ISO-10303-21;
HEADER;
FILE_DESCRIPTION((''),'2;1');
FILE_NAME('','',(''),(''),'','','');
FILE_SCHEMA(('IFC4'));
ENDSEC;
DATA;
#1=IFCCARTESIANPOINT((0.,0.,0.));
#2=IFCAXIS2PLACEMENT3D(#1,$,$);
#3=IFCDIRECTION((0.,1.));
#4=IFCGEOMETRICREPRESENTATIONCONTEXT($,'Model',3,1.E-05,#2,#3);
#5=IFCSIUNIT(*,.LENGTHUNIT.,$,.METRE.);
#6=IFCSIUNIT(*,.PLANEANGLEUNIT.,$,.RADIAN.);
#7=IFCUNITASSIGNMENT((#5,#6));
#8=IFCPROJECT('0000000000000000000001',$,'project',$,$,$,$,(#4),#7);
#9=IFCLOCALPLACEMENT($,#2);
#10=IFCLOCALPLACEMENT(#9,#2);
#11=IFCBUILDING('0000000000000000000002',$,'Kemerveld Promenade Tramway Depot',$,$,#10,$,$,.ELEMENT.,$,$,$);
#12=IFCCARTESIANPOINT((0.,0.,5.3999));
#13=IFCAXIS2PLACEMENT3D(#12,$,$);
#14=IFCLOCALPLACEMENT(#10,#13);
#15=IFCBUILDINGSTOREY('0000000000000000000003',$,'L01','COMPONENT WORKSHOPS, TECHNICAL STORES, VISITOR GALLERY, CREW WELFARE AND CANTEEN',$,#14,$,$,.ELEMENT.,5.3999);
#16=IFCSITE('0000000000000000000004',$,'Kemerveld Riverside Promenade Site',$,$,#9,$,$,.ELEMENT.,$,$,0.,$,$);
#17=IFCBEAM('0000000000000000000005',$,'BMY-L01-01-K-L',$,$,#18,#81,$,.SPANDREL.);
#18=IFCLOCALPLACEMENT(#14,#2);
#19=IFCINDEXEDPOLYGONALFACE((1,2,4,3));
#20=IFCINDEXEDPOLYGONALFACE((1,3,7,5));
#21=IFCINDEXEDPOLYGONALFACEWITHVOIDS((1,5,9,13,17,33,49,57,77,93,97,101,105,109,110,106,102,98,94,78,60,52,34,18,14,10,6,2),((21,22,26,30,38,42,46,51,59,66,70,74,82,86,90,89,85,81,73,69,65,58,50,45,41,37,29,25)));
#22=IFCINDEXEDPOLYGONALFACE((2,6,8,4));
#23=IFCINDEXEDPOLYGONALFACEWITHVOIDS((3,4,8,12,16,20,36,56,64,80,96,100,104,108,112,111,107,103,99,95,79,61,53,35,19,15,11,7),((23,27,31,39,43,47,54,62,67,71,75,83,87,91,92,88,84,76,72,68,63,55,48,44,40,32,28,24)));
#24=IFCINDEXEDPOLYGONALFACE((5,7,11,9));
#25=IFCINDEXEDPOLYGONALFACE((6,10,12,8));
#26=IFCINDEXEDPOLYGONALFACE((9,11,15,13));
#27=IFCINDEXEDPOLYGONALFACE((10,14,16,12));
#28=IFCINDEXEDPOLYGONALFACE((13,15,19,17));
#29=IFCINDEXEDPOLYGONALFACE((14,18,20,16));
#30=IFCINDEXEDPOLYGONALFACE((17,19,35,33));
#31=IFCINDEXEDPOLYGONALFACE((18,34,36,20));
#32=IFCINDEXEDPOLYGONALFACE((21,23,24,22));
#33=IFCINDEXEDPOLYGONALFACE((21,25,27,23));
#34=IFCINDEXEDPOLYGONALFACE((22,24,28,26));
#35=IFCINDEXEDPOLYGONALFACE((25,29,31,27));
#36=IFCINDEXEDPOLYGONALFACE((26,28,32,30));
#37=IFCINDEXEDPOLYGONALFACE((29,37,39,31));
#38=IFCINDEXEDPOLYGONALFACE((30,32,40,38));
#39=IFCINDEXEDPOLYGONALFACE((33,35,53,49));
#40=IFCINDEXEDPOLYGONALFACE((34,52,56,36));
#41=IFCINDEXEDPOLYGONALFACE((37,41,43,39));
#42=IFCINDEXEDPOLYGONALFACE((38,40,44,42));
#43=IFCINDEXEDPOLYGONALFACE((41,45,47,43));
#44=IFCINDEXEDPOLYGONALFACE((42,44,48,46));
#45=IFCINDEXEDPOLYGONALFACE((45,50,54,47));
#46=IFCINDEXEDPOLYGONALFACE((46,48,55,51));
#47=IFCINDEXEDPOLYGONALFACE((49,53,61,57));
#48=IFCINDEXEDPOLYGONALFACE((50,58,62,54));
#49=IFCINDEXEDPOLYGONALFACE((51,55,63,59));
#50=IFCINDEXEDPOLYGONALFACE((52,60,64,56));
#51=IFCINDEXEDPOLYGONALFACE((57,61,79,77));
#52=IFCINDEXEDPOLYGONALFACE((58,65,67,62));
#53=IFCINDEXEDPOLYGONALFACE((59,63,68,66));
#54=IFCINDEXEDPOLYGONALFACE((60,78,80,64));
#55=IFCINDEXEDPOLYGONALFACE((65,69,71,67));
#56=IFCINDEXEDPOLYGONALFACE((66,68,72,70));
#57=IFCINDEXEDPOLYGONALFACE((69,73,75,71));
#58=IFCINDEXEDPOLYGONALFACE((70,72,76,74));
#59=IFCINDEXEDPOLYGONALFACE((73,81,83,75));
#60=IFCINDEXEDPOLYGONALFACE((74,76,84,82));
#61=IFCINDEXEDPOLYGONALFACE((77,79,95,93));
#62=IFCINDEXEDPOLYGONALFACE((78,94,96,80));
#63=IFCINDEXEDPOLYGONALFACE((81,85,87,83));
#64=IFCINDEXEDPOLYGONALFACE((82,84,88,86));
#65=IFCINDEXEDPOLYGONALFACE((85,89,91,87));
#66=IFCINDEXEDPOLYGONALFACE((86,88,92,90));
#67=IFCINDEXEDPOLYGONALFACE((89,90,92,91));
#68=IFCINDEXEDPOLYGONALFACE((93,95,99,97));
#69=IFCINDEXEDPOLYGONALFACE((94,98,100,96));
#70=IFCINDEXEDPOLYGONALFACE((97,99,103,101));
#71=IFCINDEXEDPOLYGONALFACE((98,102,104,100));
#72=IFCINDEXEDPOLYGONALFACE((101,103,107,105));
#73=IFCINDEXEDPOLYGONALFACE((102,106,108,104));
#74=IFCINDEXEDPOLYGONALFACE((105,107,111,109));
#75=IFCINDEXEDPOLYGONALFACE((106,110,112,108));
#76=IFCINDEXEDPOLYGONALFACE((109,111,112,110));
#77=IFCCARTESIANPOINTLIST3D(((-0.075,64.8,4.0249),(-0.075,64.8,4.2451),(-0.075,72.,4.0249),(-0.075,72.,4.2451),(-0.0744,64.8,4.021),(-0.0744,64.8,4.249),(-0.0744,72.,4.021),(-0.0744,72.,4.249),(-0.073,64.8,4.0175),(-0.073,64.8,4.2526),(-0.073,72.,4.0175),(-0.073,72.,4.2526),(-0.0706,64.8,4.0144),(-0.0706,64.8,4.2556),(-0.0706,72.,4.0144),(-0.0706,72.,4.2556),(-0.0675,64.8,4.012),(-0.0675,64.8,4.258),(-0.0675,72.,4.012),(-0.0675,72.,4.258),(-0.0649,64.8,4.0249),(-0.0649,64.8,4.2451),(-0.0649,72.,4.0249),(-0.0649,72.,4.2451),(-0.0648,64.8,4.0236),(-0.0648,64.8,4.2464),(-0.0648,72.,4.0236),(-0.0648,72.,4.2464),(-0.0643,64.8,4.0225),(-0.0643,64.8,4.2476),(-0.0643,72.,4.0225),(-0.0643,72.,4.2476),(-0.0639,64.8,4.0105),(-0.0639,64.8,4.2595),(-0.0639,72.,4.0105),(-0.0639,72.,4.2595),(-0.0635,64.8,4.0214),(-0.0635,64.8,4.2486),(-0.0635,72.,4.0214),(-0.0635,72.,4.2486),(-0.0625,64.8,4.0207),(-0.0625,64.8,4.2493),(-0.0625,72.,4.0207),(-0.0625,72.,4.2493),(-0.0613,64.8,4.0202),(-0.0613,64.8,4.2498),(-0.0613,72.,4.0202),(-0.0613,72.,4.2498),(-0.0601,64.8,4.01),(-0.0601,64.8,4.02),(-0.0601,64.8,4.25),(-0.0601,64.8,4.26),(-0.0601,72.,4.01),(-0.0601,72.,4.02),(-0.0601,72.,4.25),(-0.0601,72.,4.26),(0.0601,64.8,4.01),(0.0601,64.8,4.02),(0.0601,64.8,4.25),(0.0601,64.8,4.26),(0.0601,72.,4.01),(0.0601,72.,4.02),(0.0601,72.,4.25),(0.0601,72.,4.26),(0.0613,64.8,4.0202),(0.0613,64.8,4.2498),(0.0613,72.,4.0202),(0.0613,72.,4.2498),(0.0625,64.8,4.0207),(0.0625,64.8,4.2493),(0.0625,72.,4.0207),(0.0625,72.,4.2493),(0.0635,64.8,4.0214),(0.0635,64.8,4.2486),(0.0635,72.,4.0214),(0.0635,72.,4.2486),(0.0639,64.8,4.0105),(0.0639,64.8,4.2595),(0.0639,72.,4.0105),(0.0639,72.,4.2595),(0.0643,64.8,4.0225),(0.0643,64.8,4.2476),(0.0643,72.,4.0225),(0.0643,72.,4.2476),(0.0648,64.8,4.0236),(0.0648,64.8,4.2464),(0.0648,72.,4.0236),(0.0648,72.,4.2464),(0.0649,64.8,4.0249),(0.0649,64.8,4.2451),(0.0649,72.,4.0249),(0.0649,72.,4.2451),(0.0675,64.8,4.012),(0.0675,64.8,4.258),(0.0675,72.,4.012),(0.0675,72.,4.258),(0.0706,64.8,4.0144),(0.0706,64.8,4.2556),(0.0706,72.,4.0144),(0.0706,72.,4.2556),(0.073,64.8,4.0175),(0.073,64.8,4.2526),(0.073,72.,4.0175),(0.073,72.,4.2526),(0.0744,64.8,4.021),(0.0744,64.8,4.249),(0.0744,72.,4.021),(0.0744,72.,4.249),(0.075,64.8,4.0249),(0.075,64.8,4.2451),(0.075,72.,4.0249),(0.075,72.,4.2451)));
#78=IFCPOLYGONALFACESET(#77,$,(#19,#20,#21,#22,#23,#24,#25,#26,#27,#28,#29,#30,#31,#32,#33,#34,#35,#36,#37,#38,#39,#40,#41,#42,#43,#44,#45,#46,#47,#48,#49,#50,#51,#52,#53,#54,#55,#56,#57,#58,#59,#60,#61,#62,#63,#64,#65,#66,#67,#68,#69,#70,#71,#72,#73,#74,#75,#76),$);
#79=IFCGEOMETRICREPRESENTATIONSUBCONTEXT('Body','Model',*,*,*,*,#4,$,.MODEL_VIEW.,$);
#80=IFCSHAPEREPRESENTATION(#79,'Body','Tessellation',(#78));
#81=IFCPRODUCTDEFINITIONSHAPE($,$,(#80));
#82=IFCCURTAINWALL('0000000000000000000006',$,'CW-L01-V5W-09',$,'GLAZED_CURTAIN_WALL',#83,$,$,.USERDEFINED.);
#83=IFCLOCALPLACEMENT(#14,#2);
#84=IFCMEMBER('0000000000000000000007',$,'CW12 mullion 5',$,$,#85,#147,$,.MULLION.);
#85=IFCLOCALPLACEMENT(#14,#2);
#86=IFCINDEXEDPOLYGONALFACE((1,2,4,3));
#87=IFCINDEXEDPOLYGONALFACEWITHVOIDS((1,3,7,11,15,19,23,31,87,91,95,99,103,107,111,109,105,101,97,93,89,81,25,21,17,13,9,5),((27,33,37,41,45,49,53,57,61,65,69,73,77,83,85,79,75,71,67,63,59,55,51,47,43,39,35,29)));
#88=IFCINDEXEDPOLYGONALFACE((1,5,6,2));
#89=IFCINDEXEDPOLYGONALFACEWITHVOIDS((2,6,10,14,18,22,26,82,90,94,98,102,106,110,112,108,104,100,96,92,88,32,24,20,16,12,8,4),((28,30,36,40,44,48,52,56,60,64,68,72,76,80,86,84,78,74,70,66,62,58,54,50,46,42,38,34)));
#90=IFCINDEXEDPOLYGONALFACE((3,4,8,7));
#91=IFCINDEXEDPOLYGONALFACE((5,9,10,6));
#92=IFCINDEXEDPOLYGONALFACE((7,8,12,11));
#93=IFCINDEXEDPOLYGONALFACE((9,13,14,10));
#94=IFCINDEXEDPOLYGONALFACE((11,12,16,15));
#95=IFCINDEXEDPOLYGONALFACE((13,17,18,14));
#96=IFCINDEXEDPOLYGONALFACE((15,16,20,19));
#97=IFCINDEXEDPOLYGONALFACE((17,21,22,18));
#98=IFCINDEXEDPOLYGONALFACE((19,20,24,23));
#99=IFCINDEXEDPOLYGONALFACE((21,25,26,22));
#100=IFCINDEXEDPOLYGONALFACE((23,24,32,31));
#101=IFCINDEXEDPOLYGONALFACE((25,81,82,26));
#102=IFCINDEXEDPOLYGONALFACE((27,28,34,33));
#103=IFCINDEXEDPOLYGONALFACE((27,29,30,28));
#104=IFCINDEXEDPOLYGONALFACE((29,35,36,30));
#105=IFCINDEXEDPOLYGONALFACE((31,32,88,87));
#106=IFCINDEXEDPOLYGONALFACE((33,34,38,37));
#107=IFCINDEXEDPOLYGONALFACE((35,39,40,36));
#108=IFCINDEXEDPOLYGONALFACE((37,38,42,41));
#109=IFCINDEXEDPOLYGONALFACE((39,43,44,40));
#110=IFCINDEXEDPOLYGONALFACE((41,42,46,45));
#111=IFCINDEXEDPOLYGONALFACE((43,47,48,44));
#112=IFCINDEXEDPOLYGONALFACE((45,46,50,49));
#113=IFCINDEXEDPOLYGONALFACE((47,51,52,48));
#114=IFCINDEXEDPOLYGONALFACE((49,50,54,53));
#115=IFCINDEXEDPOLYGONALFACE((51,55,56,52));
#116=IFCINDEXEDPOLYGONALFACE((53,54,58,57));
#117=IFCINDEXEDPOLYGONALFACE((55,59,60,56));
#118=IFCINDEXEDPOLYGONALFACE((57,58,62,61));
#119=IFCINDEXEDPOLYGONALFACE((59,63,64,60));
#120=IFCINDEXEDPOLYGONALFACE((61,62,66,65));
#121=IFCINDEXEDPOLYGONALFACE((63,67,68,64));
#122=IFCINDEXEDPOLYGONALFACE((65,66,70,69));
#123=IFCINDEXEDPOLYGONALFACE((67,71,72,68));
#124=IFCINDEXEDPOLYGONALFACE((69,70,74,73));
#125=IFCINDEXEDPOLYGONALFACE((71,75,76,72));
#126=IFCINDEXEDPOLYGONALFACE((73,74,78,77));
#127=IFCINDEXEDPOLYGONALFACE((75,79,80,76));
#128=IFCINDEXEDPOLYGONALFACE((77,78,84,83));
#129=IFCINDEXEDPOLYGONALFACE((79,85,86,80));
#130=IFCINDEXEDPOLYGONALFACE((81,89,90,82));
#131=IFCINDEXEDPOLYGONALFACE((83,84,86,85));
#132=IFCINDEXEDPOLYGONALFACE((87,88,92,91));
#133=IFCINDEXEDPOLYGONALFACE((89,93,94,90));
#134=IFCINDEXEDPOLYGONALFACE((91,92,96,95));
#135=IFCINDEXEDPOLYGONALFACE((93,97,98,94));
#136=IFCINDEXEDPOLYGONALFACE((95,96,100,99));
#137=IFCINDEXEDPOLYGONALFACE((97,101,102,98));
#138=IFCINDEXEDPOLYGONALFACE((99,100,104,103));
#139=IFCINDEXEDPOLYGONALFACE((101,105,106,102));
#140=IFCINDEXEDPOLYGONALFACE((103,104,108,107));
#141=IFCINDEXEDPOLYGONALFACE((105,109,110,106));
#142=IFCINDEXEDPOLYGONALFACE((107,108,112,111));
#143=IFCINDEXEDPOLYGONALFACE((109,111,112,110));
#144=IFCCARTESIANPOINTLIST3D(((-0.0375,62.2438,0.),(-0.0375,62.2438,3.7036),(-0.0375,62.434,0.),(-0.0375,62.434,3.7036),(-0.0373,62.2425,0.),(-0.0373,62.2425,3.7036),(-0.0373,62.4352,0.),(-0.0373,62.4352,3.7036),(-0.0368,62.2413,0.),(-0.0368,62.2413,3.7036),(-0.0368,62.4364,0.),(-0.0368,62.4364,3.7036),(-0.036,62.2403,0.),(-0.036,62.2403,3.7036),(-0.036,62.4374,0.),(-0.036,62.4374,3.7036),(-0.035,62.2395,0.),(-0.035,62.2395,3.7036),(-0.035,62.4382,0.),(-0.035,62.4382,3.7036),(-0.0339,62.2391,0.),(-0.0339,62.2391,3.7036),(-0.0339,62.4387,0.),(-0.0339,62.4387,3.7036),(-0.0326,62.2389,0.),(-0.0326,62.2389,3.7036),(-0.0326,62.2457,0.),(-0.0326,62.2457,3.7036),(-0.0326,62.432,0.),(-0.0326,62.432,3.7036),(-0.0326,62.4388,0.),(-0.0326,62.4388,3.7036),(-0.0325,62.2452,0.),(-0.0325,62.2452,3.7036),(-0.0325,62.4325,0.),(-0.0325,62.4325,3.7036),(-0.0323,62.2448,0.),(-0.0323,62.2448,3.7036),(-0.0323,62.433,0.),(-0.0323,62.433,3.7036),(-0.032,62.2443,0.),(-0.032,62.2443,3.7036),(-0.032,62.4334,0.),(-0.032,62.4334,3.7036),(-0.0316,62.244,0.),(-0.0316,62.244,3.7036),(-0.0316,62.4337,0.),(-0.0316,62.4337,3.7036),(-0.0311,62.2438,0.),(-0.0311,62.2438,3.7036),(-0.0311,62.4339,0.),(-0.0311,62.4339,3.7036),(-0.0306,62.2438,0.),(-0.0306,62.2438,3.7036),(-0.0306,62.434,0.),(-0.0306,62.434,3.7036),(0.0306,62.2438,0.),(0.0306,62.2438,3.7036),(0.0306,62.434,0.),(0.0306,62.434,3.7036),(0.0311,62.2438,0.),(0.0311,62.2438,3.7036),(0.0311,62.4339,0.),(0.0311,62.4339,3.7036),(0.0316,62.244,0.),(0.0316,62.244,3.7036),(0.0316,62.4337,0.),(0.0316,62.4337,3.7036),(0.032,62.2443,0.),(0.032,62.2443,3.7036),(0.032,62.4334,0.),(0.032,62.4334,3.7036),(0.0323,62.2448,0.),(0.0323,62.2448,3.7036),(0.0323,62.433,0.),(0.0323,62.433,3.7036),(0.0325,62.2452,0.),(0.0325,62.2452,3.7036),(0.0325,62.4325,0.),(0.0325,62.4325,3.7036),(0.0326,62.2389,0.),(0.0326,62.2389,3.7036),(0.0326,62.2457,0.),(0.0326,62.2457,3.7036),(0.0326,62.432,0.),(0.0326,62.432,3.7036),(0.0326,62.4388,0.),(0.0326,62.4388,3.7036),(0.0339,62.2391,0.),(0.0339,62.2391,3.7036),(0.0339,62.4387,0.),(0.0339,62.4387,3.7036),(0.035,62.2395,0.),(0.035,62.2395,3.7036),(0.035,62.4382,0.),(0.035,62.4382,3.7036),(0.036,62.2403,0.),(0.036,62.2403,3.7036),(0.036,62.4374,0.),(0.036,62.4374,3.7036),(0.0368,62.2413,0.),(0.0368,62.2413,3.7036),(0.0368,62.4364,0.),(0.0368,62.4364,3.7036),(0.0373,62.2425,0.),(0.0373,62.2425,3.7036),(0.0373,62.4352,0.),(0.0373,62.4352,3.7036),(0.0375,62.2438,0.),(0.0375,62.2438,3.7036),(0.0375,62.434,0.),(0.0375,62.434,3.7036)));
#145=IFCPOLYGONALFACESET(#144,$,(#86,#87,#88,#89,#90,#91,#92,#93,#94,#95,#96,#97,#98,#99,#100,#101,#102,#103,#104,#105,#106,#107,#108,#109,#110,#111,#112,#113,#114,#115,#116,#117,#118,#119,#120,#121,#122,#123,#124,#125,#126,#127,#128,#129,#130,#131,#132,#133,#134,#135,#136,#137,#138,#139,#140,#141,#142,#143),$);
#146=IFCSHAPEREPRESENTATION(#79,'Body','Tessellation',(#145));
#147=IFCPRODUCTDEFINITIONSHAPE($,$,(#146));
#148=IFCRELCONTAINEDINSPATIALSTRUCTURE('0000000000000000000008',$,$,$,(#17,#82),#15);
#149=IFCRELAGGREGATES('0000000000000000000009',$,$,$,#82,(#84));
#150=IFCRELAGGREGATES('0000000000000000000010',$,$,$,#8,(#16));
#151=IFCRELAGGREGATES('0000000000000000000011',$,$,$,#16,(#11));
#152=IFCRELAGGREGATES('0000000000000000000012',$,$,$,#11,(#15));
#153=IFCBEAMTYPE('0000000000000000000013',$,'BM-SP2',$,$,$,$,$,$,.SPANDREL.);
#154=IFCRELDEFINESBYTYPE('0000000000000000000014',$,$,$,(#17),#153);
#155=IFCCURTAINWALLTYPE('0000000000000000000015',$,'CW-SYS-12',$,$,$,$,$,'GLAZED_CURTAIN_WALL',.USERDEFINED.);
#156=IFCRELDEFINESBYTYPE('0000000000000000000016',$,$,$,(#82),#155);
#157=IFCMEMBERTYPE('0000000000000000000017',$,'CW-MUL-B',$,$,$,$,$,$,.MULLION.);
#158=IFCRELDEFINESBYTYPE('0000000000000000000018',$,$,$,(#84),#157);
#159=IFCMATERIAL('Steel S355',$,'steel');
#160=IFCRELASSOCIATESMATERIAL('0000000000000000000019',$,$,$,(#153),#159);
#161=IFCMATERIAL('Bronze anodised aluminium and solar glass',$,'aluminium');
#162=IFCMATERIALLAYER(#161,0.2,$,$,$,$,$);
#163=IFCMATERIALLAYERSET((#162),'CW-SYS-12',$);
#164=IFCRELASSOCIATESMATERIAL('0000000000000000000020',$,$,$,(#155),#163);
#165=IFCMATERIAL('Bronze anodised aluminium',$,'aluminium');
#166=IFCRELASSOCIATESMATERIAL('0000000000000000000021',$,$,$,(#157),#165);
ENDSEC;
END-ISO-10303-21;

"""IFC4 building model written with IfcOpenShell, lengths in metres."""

from ifc_helpers import new_model, si_unit, direction, frame, origin, origin_2d, place, context, subcontext, project, spatial, hollow_rectangle, extrude, material, layer, layer_set, material_profile, profile_set, type_object, element, aggregate, save


model = new_model("IFC4")

# Units and contexts
model_context = context("Model", 3, precision=1e-05, world=origin(), true_north=direction((0.0, 1.0)))
body_context = subcontext(model_context, "Body", "Model", "MODEL_VIEW")
ifc_project = project(units=[si_unit("LENGTHUNIT", "METRE"), si_unit("PLANEANGLEUNIT", "RADIAN")], contexts=[model_context])

# Site, building, storey
site_placement = place(None, origin())
site = spatial("IfcSite", under=ifc_project, at=site_placement, Name="Kemerveld Riverside Promenade Site", CompositionType="ELEMENT", RefElevation=0.0)
building_placement = place(site_placement, origin())
building = spatial("IfcBuilding", under=site, at=building_placement, Name="Kemerveld Promenade Tramway Depot", CompositionType="ELEMENT")
storey_placement = place(building_placement, frame((0.0, 0.0, 5.3999)))
storey = spatial("IfcBuildingStorey", under=building, at=storey_placement, Name="L01", Description="COMPONENT WORKSHOPS, TECHNICAL STORES, VISITOR GALLERY, CREW WELFARE AND CANTEEN", CompositionType="ELEMENT", Elevation=5.3999)

# Shared definitions
ifc_material_1 = material(Name="Steel S355", Category="steel")

# Beam
ifc_material_profile_1 = material_profile(ifc_material_1, hollow_rectangle(XDim=0.1499, YDim=0.25, WallThickness=0.01, InnerFilletRadius=0.0049, OuterFilletRadius=0.0149, at=origin_2d()), Name="250x150x10.0 RHS")
ifc_profile_set_1 = profile_set([ifc_material_profile_1], Name="Steel S355")
beam_type_1 = type_object("IfcBeamType", Name="BM-SP2", PredefinedType="SPANDREL", material=ifc_profile_set_1)
beam_1_placement = place(storey_placement, frame((0.0, 64.8, 4.135), z_axis=(0.0, 1.0, 0.0), x_axis=(-1.0, 0.0, 0.0)))
element("IfcBeam", 1, at=beam_1_placement, inside=storey, type_object=beam_type_1, Name="BMY-L01-01-K-L", PredefinedType="SPANDREL", context=body_context, shape_type="SweptSolid", body=[
    extrude(hollow_rectangle(XDim=0.1499, YDim=0.25, WallThickness=0.01, InnerFilletRadius=0.0049, OuterFilletRadius=0.0149, at=origin_2d()), origin(), (0.0, 0.0, 1.0), 7.2),
])

# Curtain wall, member
ifc_material_2 = material(Name="Bronze anodised aluminium and solar glass", Category="aluminium")
ifc_layer_1 = layer(ifc_material_2, 0.2)
ifc_layer_set_1 = layer_set([ifc_layer_1], Name="CW-SYS-12")
curtain_wall_type = type_object("IfcCurtainWallType", Name="CW-SYS-12", ElementType="GLAZED_CURTAIN_WALL", PredefinedType="USERDEFINED", material=ifc_layer_set_1)
curtain_wall_placement = place(storey_placement, origin())
curtain_wall = element("IfcCurtainWall", 2, at=curtain_wall_placement, inside=storey, type_object=curtain_wall_type, Name="CW-L01-V5W-09", ObjectType="GLAZED_CURTAIN_WALL", PredefinedType="USERDEFINED")
ifc_material_3 = material(Name="Bronze anodised aluminium", Category="aluminium")
ifc_material_profile_2 = material_profile(ifc_material_3, hollow_rectangle(XDim=0.075, YDim=0.2, WallThickness=0.0049, InnerFilletRadius=0.002, OuterFilletRadius=0.0049, at=origin_2d()), Name="CW-MUL-200x75")
ifc_profile_set_2 = profile_set([ifc_material_profile_2], Name="Bronze anodised aluminium")
member_type_1 = type_object("IfcMemberType", Name="CW-MUL-B", PredefinedType="MULLION", material=ifc_profile_set_2)
member_1_placement = place(storey_placement, frame((0.0, 62.3389, 0.0), z_axis=(0.0, 0.0, 1.0), x_axis=(-1.0, 0.0, 0.0)))
member_1 = element("IfcMember", 3, at=member_1_placement, type_object=member_type_1, Name="CW12 mullion 5", PredefinedType="MULLION", context=body_context, shape_type="SweptSolid", body=[
    extrude(hollow_rectangle(XDim=0.075, YDim=0.2, WallThickness=0.0049, InnerFilletRadius=0.002, OuterFilletRadius=0.0049, at=origin_2d()), origin(), (0.0, 0.0, 1.0), 3.7036),
])
aggregate(curtain_wall, [member_1])

save(model, "model.ifc")
